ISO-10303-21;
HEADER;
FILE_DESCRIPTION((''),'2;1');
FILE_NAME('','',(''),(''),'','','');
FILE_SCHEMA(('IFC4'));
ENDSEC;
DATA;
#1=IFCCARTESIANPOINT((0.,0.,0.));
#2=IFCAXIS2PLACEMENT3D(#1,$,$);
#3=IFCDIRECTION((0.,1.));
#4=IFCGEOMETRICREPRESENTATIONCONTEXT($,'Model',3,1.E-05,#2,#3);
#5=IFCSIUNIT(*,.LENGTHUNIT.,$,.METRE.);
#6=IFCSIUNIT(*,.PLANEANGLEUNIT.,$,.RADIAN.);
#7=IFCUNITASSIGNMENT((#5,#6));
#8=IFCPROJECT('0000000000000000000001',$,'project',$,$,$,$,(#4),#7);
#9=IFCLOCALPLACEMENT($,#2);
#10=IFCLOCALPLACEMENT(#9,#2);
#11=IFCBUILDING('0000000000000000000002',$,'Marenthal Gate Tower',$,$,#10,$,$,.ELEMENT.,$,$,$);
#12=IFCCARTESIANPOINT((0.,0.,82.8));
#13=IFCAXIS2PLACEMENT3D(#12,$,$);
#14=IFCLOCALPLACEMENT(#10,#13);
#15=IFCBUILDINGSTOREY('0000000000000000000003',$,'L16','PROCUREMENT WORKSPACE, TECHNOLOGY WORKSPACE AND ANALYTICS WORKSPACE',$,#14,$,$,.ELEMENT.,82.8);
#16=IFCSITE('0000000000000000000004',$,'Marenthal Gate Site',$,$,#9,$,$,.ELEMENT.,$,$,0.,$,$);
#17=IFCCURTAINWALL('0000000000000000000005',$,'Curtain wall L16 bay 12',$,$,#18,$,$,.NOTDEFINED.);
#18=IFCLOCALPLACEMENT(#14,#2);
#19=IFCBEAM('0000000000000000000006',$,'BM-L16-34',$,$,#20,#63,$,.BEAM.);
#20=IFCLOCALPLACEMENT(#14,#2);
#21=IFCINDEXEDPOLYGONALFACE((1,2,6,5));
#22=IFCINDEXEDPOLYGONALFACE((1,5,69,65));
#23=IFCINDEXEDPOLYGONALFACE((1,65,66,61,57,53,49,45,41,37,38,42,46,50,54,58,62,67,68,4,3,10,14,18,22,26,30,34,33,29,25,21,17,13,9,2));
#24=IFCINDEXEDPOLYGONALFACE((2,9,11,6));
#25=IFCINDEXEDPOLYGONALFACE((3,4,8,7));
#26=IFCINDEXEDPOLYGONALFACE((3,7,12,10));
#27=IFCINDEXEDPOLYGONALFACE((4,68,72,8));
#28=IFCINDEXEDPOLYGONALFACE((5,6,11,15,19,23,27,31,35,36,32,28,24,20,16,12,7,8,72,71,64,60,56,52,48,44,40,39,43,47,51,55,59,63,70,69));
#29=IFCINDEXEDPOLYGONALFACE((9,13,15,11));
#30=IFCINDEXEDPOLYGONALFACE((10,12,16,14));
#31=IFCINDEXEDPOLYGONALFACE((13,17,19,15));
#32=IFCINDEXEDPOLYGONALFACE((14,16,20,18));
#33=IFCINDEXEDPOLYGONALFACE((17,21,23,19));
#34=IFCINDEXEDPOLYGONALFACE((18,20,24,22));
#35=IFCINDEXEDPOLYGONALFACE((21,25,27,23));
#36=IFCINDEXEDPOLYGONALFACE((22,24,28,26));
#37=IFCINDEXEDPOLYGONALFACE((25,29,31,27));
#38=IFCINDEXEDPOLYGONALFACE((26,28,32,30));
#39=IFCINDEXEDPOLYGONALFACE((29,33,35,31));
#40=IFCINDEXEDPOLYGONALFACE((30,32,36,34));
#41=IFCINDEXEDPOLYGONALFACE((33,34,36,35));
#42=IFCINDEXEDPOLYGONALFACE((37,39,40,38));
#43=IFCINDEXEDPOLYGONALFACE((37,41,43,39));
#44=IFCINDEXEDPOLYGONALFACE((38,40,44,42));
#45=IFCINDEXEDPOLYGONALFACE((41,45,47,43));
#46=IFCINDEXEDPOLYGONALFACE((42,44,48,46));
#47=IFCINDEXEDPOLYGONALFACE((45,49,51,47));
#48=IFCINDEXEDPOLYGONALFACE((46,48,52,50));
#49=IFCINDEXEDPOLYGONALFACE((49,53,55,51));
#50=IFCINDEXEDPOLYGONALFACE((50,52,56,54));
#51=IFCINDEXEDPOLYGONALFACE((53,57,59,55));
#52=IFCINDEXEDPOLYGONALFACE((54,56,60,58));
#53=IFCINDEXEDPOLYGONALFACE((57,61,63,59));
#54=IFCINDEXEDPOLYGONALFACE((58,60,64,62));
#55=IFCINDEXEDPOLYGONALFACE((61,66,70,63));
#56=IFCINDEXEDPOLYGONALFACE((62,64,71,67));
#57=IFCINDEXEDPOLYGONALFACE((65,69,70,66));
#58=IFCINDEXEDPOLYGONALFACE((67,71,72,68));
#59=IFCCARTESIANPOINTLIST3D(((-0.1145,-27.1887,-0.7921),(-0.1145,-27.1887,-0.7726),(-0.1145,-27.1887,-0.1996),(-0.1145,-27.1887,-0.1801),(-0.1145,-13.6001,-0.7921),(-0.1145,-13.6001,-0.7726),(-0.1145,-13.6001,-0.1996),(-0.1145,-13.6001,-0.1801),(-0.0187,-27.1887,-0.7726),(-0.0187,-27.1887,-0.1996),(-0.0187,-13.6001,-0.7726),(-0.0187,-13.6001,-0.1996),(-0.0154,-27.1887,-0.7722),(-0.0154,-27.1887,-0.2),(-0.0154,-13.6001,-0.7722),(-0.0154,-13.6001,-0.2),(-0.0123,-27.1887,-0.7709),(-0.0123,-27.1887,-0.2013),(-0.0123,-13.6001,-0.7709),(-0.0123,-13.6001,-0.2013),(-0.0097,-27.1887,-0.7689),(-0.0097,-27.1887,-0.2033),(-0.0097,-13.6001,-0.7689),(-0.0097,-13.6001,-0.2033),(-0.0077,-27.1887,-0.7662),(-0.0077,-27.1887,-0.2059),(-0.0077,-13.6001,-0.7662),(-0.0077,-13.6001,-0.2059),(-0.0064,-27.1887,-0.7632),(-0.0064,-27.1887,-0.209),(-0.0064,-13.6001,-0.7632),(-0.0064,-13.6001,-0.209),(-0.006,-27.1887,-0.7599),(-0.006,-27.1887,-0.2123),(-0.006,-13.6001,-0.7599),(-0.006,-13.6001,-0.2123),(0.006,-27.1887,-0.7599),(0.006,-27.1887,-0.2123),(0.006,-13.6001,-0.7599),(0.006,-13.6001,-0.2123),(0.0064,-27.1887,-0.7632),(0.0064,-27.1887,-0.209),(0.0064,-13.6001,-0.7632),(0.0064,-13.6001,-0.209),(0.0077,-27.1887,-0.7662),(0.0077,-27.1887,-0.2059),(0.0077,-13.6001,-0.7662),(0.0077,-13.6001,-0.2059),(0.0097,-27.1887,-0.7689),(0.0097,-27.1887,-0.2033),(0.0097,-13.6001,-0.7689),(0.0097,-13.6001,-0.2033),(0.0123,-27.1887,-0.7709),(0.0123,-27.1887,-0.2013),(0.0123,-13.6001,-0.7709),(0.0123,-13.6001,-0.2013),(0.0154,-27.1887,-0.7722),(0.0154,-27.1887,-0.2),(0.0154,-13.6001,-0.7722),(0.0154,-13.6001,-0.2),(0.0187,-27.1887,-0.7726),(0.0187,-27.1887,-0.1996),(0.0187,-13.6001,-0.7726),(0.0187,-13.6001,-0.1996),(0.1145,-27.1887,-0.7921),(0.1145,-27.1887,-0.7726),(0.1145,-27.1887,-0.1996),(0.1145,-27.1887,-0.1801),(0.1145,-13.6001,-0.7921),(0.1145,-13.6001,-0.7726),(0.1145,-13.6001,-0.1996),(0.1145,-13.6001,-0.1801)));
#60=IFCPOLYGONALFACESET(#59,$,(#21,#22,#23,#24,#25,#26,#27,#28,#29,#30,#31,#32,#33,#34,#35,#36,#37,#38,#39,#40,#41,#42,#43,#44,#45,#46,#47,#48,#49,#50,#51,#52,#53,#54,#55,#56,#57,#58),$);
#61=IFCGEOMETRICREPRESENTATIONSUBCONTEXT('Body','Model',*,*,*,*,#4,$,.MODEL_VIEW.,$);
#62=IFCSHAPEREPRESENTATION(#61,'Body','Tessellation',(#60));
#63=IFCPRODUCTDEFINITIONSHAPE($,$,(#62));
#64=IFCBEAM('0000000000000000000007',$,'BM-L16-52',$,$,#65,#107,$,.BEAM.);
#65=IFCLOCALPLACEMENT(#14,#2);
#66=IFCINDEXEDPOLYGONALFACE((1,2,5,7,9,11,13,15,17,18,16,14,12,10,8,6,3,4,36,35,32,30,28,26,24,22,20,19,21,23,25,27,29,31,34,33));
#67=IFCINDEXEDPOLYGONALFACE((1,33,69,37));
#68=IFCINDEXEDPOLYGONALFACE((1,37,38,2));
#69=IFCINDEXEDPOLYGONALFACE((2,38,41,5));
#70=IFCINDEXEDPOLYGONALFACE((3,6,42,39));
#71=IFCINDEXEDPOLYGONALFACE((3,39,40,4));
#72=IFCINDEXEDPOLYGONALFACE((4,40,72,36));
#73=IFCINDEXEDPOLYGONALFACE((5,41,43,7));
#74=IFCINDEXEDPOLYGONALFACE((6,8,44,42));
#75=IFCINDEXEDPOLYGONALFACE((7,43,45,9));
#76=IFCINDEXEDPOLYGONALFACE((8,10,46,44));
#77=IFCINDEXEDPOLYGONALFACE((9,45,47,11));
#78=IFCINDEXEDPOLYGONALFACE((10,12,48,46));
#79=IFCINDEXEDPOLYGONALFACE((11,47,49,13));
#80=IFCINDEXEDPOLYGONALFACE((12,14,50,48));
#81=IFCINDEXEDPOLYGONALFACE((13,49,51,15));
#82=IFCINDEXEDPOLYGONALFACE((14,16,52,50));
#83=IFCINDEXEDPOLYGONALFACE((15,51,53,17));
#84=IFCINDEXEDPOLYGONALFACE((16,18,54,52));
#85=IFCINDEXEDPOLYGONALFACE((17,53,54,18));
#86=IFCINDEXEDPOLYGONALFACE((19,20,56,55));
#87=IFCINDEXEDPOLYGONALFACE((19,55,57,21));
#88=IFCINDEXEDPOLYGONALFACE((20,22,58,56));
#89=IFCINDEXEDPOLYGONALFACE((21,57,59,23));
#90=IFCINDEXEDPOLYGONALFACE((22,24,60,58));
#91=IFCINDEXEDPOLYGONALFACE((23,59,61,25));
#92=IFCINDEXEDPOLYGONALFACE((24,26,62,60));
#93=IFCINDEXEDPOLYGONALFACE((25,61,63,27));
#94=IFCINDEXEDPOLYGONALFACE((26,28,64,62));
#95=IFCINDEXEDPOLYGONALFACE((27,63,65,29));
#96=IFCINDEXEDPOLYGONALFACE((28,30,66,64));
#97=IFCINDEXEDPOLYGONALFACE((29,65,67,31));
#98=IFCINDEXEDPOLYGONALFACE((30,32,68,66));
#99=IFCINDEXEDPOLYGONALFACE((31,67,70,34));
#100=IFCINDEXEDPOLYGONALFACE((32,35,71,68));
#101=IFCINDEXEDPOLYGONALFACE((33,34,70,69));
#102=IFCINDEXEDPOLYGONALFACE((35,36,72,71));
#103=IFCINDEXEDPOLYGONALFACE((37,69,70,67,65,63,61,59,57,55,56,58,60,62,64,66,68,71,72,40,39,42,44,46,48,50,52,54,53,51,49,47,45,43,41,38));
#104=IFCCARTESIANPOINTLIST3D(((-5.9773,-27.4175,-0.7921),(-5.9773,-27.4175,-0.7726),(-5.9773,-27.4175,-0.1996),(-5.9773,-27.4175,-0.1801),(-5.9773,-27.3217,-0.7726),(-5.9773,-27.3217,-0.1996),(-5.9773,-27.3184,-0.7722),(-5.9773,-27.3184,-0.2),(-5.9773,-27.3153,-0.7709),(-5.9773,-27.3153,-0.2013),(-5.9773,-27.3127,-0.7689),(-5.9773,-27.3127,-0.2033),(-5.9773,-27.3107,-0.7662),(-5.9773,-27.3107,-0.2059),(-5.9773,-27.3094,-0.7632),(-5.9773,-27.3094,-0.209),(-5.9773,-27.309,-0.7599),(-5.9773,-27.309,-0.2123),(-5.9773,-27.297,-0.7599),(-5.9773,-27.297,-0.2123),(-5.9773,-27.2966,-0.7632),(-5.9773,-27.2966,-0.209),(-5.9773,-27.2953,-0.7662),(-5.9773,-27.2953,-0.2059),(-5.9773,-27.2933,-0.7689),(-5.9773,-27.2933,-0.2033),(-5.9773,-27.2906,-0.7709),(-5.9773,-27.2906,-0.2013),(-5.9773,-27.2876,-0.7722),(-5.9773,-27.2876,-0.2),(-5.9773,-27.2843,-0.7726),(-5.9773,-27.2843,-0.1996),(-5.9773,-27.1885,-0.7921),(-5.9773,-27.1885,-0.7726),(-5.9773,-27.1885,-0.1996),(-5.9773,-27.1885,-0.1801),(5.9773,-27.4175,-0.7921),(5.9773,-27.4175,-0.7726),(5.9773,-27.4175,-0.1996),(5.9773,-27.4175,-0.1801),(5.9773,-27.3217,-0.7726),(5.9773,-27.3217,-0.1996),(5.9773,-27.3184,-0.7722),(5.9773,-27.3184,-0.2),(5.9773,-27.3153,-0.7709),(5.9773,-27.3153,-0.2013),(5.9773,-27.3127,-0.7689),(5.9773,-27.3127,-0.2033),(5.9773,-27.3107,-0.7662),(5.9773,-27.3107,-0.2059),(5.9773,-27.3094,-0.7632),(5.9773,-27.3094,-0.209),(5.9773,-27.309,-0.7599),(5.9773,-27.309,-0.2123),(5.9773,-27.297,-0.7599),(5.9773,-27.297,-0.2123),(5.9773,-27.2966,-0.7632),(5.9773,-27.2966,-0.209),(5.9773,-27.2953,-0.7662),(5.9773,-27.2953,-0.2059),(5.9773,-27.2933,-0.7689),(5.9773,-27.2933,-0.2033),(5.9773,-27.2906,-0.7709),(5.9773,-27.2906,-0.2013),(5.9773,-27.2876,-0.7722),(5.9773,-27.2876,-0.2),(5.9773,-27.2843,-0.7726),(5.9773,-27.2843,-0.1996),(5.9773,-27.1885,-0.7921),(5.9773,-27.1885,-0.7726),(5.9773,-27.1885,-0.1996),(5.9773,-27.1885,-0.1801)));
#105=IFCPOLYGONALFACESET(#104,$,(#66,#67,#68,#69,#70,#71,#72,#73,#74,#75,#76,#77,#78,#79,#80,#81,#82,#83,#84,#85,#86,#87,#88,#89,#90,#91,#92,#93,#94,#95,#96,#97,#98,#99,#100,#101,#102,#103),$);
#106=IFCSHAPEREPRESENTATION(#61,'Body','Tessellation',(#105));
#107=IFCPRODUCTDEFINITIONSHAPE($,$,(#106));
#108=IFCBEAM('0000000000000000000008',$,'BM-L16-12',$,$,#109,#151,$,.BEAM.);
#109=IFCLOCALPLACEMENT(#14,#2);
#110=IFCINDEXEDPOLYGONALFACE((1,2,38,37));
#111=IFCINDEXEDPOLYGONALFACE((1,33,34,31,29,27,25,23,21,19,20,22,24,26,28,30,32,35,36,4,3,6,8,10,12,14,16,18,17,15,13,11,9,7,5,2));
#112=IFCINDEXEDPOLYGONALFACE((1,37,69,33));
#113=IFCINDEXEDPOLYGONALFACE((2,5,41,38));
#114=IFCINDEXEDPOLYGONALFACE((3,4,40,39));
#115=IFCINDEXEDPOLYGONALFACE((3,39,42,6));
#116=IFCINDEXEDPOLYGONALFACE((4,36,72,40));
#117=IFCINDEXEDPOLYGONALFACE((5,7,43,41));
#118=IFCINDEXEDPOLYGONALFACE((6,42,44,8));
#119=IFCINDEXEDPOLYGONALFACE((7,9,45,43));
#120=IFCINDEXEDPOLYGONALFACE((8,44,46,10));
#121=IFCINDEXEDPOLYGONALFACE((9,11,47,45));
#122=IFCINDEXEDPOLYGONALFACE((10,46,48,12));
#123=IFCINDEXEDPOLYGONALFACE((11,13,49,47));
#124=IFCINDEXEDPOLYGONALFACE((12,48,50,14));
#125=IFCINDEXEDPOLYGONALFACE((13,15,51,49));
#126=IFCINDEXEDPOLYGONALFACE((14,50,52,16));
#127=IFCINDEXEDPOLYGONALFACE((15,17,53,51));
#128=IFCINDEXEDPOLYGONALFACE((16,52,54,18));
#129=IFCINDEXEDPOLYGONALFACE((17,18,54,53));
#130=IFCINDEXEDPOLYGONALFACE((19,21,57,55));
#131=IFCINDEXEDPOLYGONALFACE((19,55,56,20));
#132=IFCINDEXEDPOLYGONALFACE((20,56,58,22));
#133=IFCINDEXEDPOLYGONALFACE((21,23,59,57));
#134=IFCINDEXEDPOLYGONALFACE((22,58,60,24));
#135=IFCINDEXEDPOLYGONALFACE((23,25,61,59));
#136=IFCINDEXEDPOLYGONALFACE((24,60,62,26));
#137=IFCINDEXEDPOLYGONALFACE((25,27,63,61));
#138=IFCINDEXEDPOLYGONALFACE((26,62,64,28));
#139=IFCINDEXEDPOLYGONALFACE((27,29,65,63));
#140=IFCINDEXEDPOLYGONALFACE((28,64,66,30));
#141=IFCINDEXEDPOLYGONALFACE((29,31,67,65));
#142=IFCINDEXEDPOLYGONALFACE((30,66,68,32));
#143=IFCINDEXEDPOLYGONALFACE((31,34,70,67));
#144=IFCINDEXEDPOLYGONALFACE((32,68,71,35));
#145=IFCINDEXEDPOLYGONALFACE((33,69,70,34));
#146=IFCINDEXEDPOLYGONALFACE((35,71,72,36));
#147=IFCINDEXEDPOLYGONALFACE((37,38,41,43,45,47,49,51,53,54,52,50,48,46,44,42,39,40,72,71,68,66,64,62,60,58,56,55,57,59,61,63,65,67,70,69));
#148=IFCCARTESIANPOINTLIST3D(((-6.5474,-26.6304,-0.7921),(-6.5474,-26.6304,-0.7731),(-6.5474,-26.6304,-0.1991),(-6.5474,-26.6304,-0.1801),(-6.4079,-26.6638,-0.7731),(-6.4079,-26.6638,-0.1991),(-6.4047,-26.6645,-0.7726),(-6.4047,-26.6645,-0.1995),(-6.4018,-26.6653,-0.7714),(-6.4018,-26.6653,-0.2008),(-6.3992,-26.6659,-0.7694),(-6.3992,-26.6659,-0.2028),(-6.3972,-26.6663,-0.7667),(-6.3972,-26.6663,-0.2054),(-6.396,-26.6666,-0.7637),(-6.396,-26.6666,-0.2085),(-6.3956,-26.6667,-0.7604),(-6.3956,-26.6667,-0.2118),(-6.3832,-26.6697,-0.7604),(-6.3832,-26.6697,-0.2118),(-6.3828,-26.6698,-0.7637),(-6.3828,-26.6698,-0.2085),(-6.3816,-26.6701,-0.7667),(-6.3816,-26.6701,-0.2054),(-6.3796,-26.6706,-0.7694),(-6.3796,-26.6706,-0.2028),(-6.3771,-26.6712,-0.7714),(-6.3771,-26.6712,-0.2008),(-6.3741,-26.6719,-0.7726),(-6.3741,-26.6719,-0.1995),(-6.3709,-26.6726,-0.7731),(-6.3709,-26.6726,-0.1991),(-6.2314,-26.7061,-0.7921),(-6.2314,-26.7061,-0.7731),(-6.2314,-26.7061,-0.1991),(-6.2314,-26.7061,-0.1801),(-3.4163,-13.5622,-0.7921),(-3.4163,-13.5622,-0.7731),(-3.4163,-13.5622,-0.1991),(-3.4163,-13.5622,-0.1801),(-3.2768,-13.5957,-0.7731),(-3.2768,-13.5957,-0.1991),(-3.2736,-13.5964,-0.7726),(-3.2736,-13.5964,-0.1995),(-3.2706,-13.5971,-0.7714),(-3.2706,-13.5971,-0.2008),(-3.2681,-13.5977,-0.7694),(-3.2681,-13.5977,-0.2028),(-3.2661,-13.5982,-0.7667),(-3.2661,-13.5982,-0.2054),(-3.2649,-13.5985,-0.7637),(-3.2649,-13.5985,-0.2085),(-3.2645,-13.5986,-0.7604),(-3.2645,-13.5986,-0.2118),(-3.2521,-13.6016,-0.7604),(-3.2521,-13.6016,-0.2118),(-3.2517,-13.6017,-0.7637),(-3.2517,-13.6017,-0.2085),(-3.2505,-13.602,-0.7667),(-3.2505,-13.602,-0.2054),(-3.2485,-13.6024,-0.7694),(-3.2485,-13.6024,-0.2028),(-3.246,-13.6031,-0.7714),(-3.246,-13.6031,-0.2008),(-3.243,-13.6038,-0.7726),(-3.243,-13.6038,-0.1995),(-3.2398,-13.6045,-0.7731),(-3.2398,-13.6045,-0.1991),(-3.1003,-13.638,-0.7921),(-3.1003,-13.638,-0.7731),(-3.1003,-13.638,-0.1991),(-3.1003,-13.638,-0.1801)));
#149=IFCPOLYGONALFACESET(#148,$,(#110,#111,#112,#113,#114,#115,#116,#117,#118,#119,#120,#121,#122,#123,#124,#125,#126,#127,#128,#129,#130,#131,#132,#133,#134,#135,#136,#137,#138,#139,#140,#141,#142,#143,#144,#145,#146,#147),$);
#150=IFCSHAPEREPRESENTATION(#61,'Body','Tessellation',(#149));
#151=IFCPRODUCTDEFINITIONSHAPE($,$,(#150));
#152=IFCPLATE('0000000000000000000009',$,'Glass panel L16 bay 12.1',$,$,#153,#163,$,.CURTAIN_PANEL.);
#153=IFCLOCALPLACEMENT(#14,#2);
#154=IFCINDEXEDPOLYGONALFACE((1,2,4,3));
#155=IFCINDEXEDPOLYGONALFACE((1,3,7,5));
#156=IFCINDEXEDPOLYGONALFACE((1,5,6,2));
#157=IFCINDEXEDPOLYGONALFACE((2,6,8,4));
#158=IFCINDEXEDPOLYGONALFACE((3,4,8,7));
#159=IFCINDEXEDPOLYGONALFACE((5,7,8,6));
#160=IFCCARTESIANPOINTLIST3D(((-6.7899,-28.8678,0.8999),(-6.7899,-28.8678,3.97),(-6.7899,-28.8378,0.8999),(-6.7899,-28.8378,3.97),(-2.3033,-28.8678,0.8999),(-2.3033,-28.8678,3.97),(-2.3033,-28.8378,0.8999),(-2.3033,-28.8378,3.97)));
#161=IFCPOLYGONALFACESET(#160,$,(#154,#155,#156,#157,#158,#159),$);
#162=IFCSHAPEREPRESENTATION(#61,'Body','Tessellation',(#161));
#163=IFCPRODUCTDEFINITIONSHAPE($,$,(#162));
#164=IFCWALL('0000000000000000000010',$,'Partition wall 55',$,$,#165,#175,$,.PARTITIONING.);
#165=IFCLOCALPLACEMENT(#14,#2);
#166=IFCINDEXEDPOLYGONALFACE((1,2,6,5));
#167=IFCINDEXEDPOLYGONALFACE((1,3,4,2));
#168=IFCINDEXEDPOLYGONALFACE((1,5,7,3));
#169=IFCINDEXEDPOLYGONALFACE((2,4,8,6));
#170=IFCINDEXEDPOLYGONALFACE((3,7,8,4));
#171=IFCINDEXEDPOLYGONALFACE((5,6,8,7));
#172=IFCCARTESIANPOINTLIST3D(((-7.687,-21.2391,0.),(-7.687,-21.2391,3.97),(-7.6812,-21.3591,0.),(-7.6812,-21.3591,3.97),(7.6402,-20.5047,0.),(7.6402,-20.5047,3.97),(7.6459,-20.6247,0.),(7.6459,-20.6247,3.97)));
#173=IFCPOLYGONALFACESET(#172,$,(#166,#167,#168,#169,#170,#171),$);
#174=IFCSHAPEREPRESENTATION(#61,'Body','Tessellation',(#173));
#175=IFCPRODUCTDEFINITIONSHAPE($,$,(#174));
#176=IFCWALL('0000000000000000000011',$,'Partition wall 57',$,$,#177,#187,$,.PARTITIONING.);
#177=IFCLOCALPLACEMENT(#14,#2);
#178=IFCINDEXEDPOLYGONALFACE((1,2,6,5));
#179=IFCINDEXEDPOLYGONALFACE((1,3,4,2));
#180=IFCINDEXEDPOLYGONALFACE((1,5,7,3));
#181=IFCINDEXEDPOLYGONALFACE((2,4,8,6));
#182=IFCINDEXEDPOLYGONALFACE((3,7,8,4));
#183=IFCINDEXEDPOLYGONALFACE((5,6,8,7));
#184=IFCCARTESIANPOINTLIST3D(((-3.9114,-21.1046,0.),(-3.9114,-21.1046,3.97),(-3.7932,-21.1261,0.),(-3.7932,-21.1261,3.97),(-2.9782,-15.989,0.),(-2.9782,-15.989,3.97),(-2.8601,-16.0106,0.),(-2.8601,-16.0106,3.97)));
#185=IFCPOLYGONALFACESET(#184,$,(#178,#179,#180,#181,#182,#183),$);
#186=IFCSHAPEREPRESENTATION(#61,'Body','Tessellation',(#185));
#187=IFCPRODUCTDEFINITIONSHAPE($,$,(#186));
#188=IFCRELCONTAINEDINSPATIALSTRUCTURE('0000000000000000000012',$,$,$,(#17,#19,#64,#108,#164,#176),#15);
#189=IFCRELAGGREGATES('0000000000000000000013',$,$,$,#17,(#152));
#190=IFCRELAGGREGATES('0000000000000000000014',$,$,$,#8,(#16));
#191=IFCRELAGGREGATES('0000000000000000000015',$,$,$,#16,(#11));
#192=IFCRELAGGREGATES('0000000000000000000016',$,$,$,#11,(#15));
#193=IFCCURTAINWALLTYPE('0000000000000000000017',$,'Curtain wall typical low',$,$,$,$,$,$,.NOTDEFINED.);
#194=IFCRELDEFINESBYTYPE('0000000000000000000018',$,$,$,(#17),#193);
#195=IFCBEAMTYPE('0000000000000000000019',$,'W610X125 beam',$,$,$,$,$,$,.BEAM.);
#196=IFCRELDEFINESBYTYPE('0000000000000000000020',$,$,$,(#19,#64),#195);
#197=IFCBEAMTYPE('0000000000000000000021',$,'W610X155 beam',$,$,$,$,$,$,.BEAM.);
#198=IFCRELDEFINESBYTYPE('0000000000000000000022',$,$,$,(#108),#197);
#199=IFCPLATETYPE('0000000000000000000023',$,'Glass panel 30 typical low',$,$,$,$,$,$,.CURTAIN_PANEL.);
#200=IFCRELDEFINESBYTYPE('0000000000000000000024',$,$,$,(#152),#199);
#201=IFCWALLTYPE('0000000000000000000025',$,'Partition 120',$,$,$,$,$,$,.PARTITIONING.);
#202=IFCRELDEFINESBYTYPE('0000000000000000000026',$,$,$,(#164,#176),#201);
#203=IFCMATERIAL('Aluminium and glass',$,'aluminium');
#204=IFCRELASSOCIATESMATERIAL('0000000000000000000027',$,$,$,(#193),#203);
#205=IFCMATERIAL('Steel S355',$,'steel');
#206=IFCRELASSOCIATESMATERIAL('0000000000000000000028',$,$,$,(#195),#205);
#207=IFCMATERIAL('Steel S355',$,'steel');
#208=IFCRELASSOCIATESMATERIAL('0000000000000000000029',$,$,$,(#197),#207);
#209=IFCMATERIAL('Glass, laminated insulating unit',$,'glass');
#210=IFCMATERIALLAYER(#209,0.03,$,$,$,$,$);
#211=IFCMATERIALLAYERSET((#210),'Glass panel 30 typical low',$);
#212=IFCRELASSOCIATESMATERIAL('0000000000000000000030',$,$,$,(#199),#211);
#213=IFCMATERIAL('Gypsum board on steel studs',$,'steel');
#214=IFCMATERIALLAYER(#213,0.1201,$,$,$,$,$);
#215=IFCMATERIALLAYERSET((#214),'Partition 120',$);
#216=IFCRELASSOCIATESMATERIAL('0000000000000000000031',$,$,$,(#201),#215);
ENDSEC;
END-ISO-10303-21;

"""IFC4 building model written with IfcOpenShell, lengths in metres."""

from ifc_helpers import new_model, si_unit, direction, frame, frame_2d, origin, origin_2d, place, context, subcontext, project, spatial, rectangle, i_section, extrude, material, layer, layer_set, material_profile, profile_set, type_object, element, aggregate, save


model = new_model("IFC4")

# Units and contexts
model_context = context("Model", 3, precision=1e-05, world=origin(), true_north=direction((0.0, 1.0)))
body_context = subcontext(model_context, "Body", "Model", "MODEL_VIEW")
ifc_project = project(units=[si_unit("LENGTHUNIT", "METRE"), si_unit("PLANEANGLEUNIT", "RADIAN")], contexts=[model_context])

# Site, building, storey
site_placement = place(None, origin())
site = spatial("IfcSite", under=ifc_project, at=site_placement, Name="Marenthal Gate Site", CompositionType="ELEMENT", RefElevation=0.0)
building_placement = place(site_placement, origin())
building = spatial("IfcBuilding", under=site, at=building_placement, Name="Marenthal Gate Tower", CompositionType="ELEMENT")
storey_placement = place(building_placement, frame((0.0, 0.0, 82.8)))
storey = spatial("IfcBuildingStorey", under=building, at=storey_placement, Name="L16", Description="PROCUREMENT WORKSPACE, TECHNOLOGY WORKSPACE AND ANALYTICS WORKSPACE", CompositionType="ELEMENT", Elevation=82.8)

# Curtain wall
ifc_material_1 = material(Name="Aluminium and glass", Category="aluminium")
curtain_wall_type = type_object("IfcCurtainWallType", Name="Curtain wall typical low", PredefinedType="NOTDEFINED", material=ifc_material_1)
curtain_wall_placement = place(storey_placement, origin())
curtain_wall = element("IfcCurtainWall", 1, at=curtain_wall_placement, inside=storey, type_object=curtain_wall_type, Name="Curtain wall L16 bay 12", PredefinedType="NOTDEFINED")

# Beams
ifc_material_2 = material(Name="Steel S355", Category="steel")
ifc_material_profile_1 = material_profile(ifc_material_2, i_section(OverallWidth=0.229, OverallDepth=0.6121, WebThickness=0.012, FlangeThickness=0.0195, FilletRadius=0.0127, at=origin_2d()), Name="W610X125")
ifc_profile_set_1 = profile_set([ifc_material_profile_1], Name="Steel S355")
beam_type_1 = type_object("IfcBeamType", Name="W610X125 beam", PredefinedType="BEAM", material=ifc_profile_set_1)
beam_1_placement = place(storey_placement, frame((0.0, -27.1887, -0.4861), z_axis=(0.0, 1.0, 0.0), x_axis=(-1.0, 0.0, 0.0)))
element("IfcBeam", 2, at=beam_1_placement, inside=storey, type_object=beam_type_1, Name="BM-L16-34", PredefinedType="BEAM", context=body_context, shape_type="SweptSolid", body=[
    extrude(i_section(OverallWidth=0.229, OverallDepth=0.6121, WebThickness=0.012, FlangeThickness=0.0195, FilletRadius=0.0127, at=origin_2d()), origin(), (0.0, 0.0, 1.0), 13.5886),
])
beam_2_placement = place(storey_placement, frame((-5.9773, -27.303, -0.4861), z_axis=(1.0, 0.0, 0.0), x_axis=(0.0, 1.0, 0.0)))
element("IfcBeam", 3, at=beam_2_placement, inside=storey, type_object=beam_type_1, Name="BM-L16-52", PredefinedType="BEAM", context=body_context, shape_type="SweptSolid", body=[
    extrude(i_section(OverallWidth=0.229, OverallDepth=0.6121, WebThickness=0.012, FlangeThickness=0.0195, FilletRadius=0.0127, at=origin_2d()), origin(), (0.0, 0.0, 1.0), 11.9546),
])
ifc_material_3 = material(Name="Steel S355", Category="steel")
ifc_material_profile_2 = material_profile(ifc_material_3, i_section(OverallWidth=0.325, OverallDepth=0.6121, WebThickness=0.0127, FlangeThickness=0.019, FilletRadius=0.0127, at=origin_2d()), Name="W610X155")
ifc_profile_set_2 = profile_set([ifc_material_profile_2], Name="Steel S355")
beam_type_2 = type_object("IfcBeamType", Name="W610X155 beam", PredefinedType="BEAM", material=ifc_profile_set_2)
beam_3_placement = place(storey_placement, frame((-6.3894, -26.6682, -0.4861), z_axis=(0.233004, 0.972476, 0.0), x_axis=(-0.972476, 0.233004, 0.0)))
element("IfcBeam", 4, at=beam_3_placement, inside=storey, type_object=beam_type_2, Name="BM-L16-12", PredefinedType="BEAM", context=body_context, shape_type="SweptSolid", body=[
    extrude(i_section(OverallWidth=0.325, OverallDepth=0.6121, WebThickness=0.0127, FlangeThickness=0.019, FilletRadius=0.0127, at=origin_2d()), origin(), (0.0, 0.0, 1.0), 13.438),
])

# Plate
ifc_material_4 = material(Name="Glass, laminated insulating unit", Category="glass")
ifc_layer_1 = layer(ifc_material_4, 0.03)
ifc_layer_set_1 = layer_set([ifc_layer_1], Name="Glass panel 30 typical low")
plate_type = type_object("IfcPlateType", Name="Glass panel 30 typical low", PredefinedType="CURTAIN_PANEL", material=ifc_layer_set_1)
plate_placement = place(storey_placement, frame((-4.5466, -28.8528, 0.8999), z_axis=(0.0, 0.0, 1.0), x_axis=(1.0, 0.0, 0.0)))
plate = element("IfcPlate", 5, at=plate_placement, type_object=plate_type, Name="Glass panel L16 bay 12.1", PredefinedType="CURTAIN_PANEL", context=body_context, shape_type="SweptSolid", body=[
    extrude(rectangle(XDim=4.4866, YDim=0.03, at=origin_2d()), origin(), (0.0, 0.0, 1.0), 3.0701),
])
aggregate(curtain_wall, [plate])

# Walls
ifc_material_5 = material(Name="Gypsum board on steel studs", Category="steel")
ifc_layer_2 = layer(ifc_material_5, 0.1201)
ifc_layer_set_2 = layer_set([ifc_layer_2], Name="Partition 120")
wall_type = type_object("IfcWallType", Name="Partition 120", PredefinedType="PARTITIONING", material=ifc_layer_set_2)
wall_1_placement = place(storey_placement, frame((-7.6841, -21.2991, 0.0), z_axis=(0.0, 0.0, 1.0), x_axis=(0.998854, 0.047858, 0.0)))
element("IfcWall", 6, at=wall_1_placement, inside=storey, type_object=wall_type, Name="Partition wall 55", PredefinedType="PARTITIONING", context=body_context, shape_type="SweptSolid", body=[
    extrude(rectangle(XDim=15.3447, YDim=0.1201, at=frame_2d((7.6724, 0.0))), origin(), (0.0, 0.0, 1.0), 3.97),
])
wall_2_placement = place(storey_placement, frame((-3.8523, -21.1155, 0.0), z_axis=(0.0, 0.0, 1.0), x_axis=(0.179447, 0.983768, 0.0)))
element("IfcWall", 7, at=wall_2_placement, inside=storey, type_object=wall_type, Name="Partition wall 57", PredefinedType="PARTITIONING", context=body_context, shape_type="SweptSolid", body=[
    extrude(rectangle(XDim=5.2, YDim=0.1201, at=frame_2d((2.6001, 0.0))), origin(), (0.0, 0.0, 1.0), 3.97),
])

save(model, "model.ifc")
